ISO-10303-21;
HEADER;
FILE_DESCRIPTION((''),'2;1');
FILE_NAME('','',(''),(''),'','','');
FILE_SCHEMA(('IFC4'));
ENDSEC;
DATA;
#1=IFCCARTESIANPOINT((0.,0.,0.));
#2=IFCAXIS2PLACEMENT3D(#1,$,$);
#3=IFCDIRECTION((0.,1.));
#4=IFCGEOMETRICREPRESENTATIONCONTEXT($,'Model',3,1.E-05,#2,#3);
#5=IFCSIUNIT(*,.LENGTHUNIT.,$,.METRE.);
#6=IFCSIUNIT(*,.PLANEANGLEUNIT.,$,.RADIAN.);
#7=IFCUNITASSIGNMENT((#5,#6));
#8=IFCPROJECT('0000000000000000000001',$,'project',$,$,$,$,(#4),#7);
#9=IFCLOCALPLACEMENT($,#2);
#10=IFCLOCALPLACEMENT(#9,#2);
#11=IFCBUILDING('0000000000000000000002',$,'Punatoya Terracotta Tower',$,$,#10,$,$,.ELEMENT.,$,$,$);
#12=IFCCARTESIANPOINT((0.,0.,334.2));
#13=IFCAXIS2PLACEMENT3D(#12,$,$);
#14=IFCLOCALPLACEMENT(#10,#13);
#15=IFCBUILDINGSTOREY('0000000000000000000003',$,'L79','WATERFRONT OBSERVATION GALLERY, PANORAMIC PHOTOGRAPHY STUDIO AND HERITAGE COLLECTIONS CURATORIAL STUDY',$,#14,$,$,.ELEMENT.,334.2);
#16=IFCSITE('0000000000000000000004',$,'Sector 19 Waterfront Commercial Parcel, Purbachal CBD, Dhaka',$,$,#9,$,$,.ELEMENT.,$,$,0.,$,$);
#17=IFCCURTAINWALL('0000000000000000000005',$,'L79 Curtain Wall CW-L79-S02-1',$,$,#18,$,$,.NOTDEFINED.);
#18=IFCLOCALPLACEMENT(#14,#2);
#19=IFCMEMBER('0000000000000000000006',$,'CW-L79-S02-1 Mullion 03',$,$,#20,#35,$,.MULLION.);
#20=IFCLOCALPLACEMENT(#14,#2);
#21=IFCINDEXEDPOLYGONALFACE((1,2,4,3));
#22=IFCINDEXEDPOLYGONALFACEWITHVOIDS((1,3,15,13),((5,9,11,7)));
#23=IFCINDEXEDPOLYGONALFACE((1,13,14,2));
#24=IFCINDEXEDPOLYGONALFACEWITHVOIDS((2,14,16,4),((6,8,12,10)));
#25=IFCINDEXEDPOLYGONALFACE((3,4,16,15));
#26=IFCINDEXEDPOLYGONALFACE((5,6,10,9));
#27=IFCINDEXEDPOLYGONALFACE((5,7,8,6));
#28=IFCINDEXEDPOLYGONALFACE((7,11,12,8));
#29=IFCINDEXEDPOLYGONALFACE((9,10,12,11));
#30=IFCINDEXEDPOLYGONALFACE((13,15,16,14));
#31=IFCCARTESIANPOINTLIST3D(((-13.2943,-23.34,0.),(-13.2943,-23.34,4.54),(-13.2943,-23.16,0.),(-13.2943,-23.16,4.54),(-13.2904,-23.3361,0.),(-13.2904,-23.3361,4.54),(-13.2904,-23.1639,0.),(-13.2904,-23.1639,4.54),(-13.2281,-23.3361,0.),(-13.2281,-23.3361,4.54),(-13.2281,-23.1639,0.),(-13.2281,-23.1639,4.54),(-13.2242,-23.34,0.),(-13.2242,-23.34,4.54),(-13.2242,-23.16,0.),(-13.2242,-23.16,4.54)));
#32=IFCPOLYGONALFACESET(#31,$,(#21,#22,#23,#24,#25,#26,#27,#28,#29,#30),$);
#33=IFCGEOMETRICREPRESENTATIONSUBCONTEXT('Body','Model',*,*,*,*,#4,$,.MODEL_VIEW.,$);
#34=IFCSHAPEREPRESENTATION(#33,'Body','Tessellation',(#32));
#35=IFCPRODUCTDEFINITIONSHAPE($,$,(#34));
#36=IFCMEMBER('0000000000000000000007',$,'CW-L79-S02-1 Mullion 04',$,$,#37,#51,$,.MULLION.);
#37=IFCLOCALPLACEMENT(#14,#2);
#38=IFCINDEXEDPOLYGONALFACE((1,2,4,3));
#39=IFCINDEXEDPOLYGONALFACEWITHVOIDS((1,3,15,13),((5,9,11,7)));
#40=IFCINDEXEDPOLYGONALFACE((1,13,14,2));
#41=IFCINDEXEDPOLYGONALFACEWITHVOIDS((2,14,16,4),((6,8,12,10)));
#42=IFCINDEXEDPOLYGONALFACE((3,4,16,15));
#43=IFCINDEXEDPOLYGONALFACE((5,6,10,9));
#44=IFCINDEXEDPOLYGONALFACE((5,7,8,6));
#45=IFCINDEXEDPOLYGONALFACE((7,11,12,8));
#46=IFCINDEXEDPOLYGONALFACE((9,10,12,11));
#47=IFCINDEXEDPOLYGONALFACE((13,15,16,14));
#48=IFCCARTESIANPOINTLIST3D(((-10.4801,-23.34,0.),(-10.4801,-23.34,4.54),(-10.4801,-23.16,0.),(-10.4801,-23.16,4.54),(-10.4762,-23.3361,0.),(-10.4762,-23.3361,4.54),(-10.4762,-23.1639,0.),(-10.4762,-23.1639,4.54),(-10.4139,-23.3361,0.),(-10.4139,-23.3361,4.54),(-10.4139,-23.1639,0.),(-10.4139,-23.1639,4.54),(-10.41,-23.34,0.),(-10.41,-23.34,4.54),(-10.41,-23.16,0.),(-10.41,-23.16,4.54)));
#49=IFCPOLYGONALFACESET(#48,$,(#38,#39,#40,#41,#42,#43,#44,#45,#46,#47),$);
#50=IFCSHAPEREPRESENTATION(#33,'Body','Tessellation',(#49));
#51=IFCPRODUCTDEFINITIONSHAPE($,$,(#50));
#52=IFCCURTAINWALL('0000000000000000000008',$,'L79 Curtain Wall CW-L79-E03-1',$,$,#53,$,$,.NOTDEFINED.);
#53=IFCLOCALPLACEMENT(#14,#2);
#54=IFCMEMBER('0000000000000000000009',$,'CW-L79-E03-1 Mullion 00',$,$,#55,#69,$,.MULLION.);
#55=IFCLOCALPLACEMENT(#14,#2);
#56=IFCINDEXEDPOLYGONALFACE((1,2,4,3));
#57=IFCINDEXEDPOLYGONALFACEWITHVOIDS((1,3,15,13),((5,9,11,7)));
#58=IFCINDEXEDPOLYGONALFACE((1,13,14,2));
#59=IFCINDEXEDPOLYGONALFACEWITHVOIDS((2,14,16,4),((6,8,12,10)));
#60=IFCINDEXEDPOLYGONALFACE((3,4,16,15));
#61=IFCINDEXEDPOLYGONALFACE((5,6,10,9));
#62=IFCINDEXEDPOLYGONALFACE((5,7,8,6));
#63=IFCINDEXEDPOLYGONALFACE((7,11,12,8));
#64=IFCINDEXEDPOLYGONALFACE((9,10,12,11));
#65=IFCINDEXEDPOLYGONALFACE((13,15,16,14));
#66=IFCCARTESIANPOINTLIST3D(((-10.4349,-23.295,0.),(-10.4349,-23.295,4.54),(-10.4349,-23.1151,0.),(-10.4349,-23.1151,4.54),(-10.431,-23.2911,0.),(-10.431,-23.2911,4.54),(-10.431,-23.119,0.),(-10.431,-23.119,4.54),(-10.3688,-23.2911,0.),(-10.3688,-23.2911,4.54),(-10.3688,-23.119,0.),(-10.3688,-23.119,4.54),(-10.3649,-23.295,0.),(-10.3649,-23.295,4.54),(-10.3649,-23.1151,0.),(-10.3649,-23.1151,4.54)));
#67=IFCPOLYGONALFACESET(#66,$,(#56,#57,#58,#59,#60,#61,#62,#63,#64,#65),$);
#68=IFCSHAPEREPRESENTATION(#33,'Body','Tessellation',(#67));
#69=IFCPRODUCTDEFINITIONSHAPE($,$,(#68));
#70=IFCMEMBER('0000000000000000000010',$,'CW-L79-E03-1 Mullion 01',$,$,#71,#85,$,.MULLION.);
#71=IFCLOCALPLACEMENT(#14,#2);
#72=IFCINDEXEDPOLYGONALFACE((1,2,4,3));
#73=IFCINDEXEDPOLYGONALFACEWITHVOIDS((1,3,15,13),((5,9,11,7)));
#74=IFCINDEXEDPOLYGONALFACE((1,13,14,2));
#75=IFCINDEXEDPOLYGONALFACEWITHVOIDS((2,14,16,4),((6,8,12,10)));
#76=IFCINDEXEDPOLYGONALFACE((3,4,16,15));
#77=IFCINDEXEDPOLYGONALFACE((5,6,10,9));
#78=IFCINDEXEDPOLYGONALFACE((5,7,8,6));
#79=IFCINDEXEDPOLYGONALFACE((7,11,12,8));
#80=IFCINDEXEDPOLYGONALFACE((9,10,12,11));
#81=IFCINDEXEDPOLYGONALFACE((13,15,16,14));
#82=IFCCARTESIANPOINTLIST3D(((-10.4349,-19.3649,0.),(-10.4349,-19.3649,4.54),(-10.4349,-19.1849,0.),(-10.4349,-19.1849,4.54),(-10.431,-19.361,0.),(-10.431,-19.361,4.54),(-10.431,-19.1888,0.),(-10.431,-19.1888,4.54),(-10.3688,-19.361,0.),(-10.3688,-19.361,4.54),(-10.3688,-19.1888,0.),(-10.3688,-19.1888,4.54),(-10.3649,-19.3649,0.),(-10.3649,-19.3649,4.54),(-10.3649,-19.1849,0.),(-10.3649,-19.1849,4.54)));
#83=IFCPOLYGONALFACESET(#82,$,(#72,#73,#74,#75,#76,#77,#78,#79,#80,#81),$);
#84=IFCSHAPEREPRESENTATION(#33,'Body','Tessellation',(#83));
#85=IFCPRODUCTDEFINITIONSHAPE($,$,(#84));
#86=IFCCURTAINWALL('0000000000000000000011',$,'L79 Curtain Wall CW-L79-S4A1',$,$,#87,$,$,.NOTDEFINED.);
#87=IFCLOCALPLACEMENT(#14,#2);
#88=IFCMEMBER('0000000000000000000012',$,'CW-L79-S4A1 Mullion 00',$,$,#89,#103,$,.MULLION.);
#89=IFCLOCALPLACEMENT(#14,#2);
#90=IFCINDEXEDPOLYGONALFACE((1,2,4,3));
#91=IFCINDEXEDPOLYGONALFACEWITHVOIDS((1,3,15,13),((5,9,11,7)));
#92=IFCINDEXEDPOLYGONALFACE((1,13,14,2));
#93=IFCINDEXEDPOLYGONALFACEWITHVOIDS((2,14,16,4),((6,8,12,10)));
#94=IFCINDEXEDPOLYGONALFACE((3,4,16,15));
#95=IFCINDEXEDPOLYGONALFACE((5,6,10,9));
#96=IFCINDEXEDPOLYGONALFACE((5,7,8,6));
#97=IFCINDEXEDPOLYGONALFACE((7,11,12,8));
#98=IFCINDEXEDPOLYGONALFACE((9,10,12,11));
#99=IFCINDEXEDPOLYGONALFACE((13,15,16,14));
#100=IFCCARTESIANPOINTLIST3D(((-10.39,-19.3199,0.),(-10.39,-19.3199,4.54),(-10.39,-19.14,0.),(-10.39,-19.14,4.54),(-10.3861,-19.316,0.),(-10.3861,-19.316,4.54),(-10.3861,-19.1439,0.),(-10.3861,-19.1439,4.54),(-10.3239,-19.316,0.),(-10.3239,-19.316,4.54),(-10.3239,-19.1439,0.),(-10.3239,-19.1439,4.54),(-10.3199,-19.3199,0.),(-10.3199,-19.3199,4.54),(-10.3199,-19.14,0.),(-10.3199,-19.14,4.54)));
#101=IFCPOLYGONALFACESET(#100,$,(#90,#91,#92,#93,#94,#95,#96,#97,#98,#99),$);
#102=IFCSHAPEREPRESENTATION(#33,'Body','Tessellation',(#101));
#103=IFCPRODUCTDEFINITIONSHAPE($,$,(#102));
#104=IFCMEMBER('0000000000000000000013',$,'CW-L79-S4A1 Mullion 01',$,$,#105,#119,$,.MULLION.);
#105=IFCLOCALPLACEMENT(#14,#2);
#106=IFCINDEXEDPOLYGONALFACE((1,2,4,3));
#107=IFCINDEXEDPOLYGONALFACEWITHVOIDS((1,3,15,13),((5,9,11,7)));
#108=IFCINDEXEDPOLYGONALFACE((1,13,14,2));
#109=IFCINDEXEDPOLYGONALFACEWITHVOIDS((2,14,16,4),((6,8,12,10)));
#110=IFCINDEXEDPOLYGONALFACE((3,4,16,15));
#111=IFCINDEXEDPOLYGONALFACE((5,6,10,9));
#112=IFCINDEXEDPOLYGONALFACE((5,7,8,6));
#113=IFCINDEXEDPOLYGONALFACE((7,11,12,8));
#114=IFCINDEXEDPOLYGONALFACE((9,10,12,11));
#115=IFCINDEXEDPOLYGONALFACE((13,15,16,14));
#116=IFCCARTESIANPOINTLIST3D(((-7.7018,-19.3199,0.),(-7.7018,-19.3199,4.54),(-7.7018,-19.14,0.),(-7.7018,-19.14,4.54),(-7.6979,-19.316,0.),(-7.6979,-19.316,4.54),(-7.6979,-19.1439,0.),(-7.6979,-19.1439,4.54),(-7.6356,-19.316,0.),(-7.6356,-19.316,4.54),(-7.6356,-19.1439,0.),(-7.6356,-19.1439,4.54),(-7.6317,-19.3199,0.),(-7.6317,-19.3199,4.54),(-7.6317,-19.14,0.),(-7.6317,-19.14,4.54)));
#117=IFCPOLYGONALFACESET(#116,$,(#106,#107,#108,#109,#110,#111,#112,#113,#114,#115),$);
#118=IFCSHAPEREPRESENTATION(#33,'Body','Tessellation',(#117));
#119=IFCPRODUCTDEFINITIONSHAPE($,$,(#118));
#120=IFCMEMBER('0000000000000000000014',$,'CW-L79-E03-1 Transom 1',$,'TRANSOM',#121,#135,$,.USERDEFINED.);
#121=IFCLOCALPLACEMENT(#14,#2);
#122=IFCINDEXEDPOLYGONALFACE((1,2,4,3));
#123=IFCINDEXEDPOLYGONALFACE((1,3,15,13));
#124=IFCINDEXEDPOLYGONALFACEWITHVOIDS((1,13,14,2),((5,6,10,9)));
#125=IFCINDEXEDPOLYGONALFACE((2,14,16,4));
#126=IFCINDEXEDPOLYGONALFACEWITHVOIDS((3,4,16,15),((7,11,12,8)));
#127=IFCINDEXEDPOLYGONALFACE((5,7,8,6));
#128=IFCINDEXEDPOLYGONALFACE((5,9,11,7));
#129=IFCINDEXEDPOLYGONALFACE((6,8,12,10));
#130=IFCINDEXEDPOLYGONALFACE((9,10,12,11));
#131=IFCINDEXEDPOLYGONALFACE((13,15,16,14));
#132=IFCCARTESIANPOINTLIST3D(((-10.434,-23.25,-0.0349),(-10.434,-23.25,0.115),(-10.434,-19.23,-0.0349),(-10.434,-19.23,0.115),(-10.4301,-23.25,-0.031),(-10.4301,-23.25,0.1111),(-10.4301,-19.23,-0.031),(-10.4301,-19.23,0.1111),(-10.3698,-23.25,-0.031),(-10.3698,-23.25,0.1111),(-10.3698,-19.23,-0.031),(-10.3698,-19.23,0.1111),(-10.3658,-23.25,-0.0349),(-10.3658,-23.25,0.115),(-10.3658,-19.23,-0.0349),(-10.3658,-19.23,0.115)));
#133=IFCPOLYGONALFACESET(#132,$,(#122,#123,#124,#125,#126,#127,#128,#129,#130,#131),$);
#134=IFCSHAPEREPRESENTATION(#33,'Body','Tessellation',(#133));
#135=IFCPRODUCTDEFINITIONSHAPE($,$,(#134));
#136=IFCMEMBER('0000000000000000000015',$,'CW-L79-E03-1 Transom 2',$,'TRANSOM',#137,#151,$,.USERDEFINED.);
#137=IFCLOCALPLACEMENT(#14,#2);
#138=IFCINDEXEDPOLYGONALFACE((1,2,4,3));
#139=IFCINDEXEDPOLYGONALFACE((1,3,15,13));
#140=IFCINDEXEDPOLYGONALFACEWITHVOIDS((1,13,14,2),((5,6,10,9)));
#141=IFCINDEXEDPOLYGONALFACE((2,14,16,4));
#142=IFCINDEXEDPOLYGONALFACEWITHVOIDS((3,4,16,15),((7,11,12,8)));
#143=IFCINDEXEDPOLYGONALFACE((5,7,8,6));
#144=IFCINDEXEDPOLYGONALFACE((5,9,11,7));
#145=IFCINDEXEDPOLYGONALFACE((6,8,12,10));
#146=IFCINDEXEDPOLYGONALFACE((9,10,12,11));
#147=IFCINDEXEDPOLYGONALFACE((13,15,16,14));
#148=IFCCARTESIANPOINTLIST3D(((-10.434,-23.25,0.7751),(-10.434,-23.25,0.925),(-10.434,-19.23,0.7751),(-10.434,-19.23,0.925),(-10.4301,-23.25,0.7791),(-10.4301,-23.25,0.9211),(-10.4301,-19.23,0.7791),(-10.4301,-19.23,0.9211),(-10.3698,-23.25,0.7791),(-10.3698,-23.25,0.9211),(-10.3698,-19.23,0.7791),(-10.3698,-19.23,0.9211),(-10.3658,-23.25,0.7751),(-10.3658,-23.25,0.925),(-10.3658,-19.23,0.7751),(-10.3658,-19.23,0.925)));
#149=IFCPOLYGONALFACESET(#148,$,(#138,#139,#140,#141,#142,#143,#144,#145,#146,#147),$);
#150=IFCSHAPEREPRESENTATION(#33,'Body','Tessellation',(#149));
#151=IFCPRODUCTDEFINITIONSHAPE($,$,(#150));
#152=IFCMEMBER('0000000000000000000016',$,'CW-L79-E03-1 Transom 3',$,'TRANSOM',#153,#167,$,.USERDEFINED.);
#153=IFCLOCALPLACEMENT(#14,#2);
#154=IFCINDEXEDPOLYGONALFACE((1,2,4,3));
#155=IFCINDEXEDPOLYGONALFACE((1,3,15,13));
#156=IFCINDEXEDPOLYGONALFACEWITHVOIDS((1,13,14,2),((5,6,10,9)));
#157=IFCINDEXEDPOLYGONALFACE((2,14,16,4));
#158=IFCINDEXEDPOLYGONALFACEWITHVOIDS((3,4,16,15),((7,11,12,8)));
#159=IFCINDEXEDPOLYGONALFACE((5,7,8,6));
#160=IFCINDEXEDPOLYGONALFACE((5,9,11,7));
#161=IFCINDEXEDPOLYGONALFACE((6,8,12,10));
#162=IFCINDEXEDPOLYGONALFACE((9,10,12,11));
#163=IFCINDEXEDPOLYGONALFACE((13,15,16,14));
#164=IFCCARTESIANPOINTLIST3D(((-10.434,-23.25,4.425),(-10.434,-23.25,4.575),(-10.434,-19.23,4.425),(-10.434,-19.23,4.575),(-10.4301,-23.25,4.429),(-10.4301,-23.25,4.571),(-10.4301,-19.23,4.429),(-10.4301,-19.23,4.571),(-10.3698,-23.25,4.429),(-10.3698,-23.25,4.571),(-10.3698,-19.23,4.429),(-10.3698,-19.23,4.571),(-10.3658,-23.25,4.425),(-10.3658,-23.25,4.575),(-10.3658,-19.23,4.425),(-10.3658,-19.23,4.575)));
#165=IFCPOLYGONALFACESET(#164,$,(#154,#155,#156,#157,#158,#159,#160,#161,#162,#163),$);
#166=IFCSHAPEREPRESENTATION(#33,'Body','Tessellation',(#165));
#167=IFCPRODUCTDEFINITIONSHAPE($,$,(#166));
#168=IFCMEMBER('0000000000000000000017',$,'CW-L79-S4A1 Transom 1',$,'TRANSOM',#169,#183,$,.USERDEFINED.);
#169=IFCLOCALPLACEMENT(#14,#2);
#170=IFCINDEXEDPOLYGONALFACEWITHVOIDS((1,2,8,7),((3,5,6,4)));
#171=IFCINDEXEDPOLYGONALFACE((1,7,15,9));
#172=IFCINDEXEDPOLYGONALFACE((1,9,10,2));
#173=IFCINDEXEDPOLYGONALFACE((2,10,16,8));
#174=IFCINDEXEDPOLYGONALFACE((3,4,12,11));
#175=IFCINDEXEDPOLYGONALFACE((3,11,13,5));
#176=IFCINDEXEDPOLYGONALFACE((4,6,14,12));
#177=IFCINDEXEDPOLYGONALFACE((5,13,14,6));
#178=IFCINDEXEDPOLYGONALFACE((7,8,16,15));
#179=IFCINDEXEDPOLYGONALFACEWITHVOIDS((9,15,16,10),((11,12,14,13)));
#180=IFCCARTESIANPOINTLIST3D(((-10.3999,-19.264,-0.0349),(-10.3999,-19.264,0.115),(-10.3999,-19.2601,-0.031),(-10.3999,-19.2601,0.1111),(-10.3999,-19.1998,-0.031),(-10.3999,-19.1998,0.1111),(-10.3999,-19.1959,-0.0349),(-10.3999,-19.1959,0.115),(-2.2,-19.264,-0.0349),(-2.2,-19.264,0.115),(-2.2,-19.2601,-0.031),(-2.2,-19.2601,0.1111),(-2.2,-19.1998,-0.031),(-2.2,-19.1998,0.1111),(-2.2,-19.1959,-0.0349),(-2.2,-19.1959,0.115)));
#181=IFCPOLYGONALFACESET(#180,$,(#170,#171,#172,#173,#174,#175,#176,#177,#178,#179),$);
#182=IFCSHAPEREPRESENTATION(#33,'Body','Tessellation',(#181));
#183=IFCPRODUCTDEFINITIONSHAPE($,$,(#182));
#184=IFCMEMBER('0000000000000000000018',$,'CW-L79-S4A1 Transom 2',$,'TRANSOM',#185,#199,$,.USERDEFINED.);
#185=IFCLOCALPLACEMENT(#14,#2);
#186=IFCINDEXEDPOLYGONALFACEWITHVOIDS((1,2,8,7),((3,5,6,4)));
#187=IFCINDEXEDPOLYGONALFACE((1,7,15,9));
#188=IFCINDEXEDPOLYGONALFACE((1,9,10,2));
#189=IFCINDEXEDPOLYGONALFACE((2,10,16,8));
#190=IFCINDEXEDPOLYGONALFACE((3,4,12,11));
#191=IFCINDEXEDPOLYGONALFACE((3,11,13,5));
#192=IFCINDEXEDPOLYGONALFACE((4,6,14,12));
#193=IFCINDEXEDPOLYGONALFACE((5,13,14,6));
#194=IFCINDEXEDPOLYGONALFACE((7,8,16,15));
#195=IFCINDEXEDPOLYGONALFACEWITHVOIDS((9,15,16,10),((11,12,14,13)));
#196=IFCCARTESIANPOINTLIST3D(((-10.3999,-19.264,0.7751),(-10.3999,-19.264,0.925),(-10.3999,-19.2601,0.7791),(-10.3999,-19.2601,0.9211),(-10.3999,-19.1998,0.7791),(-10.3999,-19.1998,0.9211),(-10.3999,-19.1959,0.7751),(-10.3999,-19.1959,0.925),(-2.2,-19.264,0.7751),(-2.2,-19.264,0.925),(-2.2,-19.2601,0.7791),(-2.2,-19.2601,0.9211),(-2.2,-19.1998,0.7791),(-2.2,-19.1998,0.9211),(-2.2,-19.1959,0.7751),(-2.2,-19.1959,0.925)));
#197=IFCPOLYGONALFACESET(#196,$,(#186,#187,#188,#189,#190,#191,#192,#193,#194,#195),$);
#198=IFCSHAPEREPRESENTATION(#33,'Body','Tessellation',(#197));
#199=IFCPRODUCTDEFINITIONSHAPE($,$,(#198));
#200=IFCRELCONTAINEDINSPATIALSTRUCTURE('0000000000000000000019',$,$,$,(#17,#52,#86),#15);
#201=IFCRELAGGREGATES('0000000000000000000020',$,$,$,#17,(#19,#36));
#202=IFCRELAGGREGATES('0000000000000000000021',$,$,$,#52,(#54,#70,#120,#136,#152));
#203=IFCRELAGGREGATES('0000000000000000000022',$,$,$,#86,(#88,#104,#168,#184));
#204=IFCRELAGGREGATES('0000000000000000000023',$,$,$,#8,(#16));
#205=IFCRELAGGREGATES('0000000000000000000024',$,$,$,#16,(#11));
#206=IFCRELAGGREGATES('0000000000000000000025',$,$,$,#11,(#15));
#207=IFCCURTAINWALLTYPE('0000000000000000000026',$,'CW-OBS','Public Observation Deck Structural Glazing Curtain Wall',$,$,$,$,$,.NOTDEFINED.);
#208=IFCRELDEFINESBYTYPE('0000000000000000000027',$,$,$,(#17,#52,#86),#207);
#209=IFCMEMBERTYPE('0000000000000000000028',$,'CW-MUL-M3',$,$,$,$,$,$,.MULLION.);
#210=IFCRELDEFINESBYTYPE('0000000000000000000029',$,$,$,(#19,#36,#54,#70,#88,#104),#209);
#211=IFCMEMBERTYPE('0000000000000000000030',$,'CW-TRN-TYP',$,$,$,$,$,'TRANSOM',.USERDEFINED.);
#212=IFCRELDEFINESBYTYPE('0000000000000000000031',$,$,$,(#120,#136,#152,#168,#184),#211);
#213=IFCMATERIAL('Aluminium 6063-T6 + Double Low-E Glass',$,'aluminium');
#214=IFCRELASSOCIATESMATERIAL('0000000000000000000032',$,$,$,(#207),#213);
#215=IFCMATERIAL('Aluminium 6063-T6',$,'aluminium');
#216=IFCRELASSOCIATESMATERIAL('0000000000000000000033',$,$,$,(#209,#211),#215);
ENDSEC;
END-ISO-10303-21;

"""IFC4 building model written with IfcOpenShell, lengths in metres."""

from ifc_helpers import new_model, si_unit, direction, frame, origin, origin_2d, place, context, subcontext, project, spatial, hollow_rectangle, extrude, material, material_profile, profile_set, type_object, element, aggregate, save


model = new_model("IFC4")

# Units and contexts
model_context = context("Model", 3, precision=1e-05, world=origin(), true_north=direction((0.0, 1.0)))
body_context = subcontext(model_context, "Body", "Model", "MODEL_VIEW")
ifc_project = project(units=[si_unit("LENGTHUNIT", "METRE"), si_unit("PLANEANGLEUNIT", "RADIAN")], contexts=[model_context])

# Site, building, storey
site_placement = place(None, origin())
site = spatial("IfcSite", under=ifc_project, at=site_placement, Name="Sector 19 Waterfront Commercial Parcel, Purbachal CBD, Dhaka", CompositionType="ELEMENT", RefElevation=0.0)
building_placement = place(site_placement, origin())
building = spatial("IfcBuilding", under=site, at=building_placement, Name="Punatoya Terracotta Tower", CompositionType="ELEMENT")
storey_placement = place(building_placement, frame((0.0, 0.0, 334.2)))
storey = spatial("IfcBuildingStorey", under=building, at=storey_placement, Name="L79", Description="WATERFRONT OBSERVATION GALLERY, PANORAMIC PHOTOGRAPHY STUDIO AND HERITAGE COLLECTIONS CURATORIAL STUDY", CompositionType="ELEMENT", Elevation=334.2)

# Curtain walls, members
ifc_material_1 = material(Name="Aluminium 6063-T6 + Double Low-E Glass", Category="aluminium")
curtain_wall_type = type_object("IfcCurtainWallType", Name="CW-OBS", Description="Public Observation Deck Structural Glazing Curtain Wall", PredefinedType="NOTDEFINED", material=ifc_material_1)
curtain_wall_1_placement = place(storey_placement, origin())
curtain_wall_1 = element("IfcCurtainWall", 1, at=curtain_wall_1_placement, inside=storey, type_object=curtain_wall_type, Name="L79 Curtain Wall CW-L79-S02-1", PredefinedType="NOTDEFINED")
ifc_material_2 = material(Name="Aluminium 6063-T6", Category="aluminium")
ifc_material_profile_1 = material_profile(ifc_material_2, hollow_rectangle(XDim=0.0701, YDim=0.1799, WallThickness=0.0039, at=origin_2d()))
ifc_profile_set_1 = profile_set([ifc_material_profile_1], Name="Aluminium 6063-T6")
member_type_1 = type_object("IfcMemberType", Name="CW-MUL-M3", PredefinedType="MULLION", material=ifc_profile_set_1)
member_1_placement = place(storey_placement, frame((-13.2593, -23.25, 0.0), z_axis=(0.0, 0.0, 1.0), x_axis=(1.0, 0.0, 0.0)))
member_1 = element("IfcMember", 2, at=member_1_placement, type_object=member_type_1, Name="CW-L79-S02-1 Mullion 03", PredefinedType="MULLION", context=body_context, shape_type="SweptSolid", body=[
    extrude(hollow_rectangle(XDim=0.0701, YDim=0.1799, WallThickness=0.0039, at=origin_2d()), origin(), (0.0, 0.0, 1.0), 4.54),
])
member_2_placement = place(storey_placement, frame((-10.4451, -23.25, 0.0), z_axis=(0.0, 0.0, 1.0), x_axis=(1.0, 0.0, 0.0)))
member_2 = element("IfcMember", 3, at=member_2_placement, type_object=member_type_1, Name="CW-L79-S02-1 Mullion 04", PredefinedType="MULLION", context=body_context, shape_type="SweptSolid", body=[
    extrude(hollow_rectangle(XDim=0.0701, YDim=0.1799, WallThickness=0.0039, at=origin_2d()), origin(), (0.0, 0.0, 1.0), 4.54),
])
curtain_wall_2_placement = place(storey_placement, origin())
curtain_wall_2 = element("IfcCurtainWall", 4, at=curtain_wall_2_placement, inside=storey, type_object=curtain_wall_type, Name="L79 Curtain Wall CW-L79-E03-1", PredefinedType="NOTDEFINED")
member_3_placement = place(storey_placement, frame((-10.3999, -23.2051, 0.0), z_axis=(0.0, 0.0, 1.0), x_axis=(1.0, 0.0, 0.0)))
member_3 = element("IfcMember", 5, at=member_3_placement, type_object=member_type_1, Name="CW-L79-E03-1 Mullion 00", PredefinedType="MULLION", context=body_context, shape_type="SweptSolid", body=[
    extrude(hollow_rectangle(XDim=0.0701, YDim=0.1799, WallThickness=0.0039, at=origin_2d()), origin(), (0.0, 0.0, 1.0), 4.54),
])
member_4_placement = place(storey_placement, frame((-10.3999, -19.2749, 0.0), z_axis=(0.0, 0.0, 1.0), x_axis=(1.0, 0.0, 0.0)))
member_4 = element("IfcMember", 6, at=member_4_placement, type_object=member_type_1, Name="CW-L79-E03-1 Mullion 01", PredefinedType="MULLION", context=body_context, shape_type="SweptSolid", body=[
    extrude(hollow_rectangle(XDim=0.0701, YDim=0.1799, WallThickness=0.0039, at=origin_2d()), origin(), (0.0, 0.0, 1.0), 4.54),
])
curtain_wall_3_placement = place(storey_placement, origin())
curtain_wall_3 = element("IfcCurtainWall", 7, at=curtain_wall_3_placement, inside=storey, type_object=curtain_wall_type, Name="L79 Curtain Wall CW-L79-S4A1", PredefinedType="NOTDEFINED")
member_5_placement = place(storey_placement, frame((-10.355, -19.23, 0.0), z_axis=(0.0, 0.0, 1.0), x_axis=(1.0, 0.0, 0.0)))
member_5 = element("IfcMember", 8, at=member_5_placement, type_object=member_type_1, Name="CW-L79-S4A1 Mullion 00", PredefinedType="MULLION", context=body_context, shape_type="SweptSolid", body=[
    extrude(hollow_rectangle(XDim=0.0701, YDim=0.1799, WallThickness=0.0039, at=origin_2d()), origin(), (0.0, 0.0, 1.0), 4.54),
])
member_6_placement = place(storey_placement, frame((-7.6667, -19.23, 0.0), z_axis=(0.0, 0.0, 1.0), x_axis=(1.0, 0.0, 0.0)))
member_6 = element("IfcMember", 9, at=member_6_placement, type_object=member_type_1, Name="CW-L79-S4A1 Mullion 01", PredefinedType="MULLION", context=body_context, shape_type="SweptSolid", body=[
    extrude(hollow_rectangle(XDim=0.0701, YDim=0.1799, WallThickness=0.0039, at=origin_2d()), origin(), (0.0, 0.0, 1.0), 4.54),
])

# Members
ifc_material_profile_2 = material_profile(ifc_material_2, hollow_rectangle(XDim=0.0681, YDim=0.1499, WallThickness=0.0039, at=origin_2d()))
ifc_profile_set_2 = profile_set([ifc_material_profile_2], Name="Aluminium 6063-T6")
member_type_2 = type_object("IfcMemberType", Name="CW-TRN-TYP", ElementType="TRANSOM", PredefinedType="USERDEFINED", material=ifc_profile_set_2)
member_7_placement = place(storey_placement, frame((-10.3999, -23.25, 0.04), z_axis=(0.0, 1.0, 0.0), x_axis=(-1.0, 0.0, 0.0)))
member_7 = element("IfcMember", 10, at=member_7_placement, type_object=member_type_2, Name="CW-L79-E03-1 Transom 1", ObjectType="TRANSOM", PredefinedType="USERDEFINED", context=body_context, shape_type="SweptSolid", body=[
    extrude(hollow_rectangle(XDim=0.0681, YDim=0.1499, WallThickness=0.0039, at=origin_2d()), origin(), (0.0, 0.0, 1.0), 4.02),
])
member_8_placement = place(storey_placement, frame((-10.3999, -23.25, 0.8501), z_axis=(0.0, 1.0, 0.0), x_axis=(-1.0, 0.0, 0.0)))
member_8 = element("IfcMember", 11, at=member_8_placement, type_object=member_type_2, Name="CW-L79-E03-1 Transom 2", ObjectType="TRANSOM", PredefinedType="USERDEFINED", context=body_context, shape_type="SweptSolid", body=[
    extrude(hollow_rectangle(XDim=0.0681, YDim=0.1499, WallThickness=0.0039, at=origin_2d()), origin(), (0.0, 0.0, 1.0), 4.02),
])
member_9_placement = place(storey_placement, frame((-10.3999, -23.25, 4.5), z_axis=(0.0, 1.0, 0.0), x_axis=(-1.0, 0.0, 0.0)))
member_9 = element("IfcMember", 12, at=member_9_placement, type_object=member_type_2, Name="CW-L79-E03-1 Transom 3", ObjectType="TRANSOM", PredefinedType="USERDEFINED", context=body_context, shape_type="SweptSolid", body=[
    extrude(hollow_rectangle(XDim=0.0681, YDim=0.1499, WallThickness=0.0039, at=origin_2d()), origin(), (0.0, 0.0, 1.0), 4.02),
])
member_10_placement = place(storey_placement, frame((-10.3999, -19.23, 0.04), z_axis=(1.0, 0.0, 0.0), x_axis=(0.0, 1.0, 0.0)))
member_10 = element("IfcMember", 13, at=member_10_placement, type_object=member_type_2, Name="CW-L79-S4A1 Transom 1", ObjectType="TRANSOM", PredefinedType="USERDEFINED", context=body_context, shape_type="SweptSolid", body=[
    extrude(hollow_rectangle(XDim=0.0681, YDim=0.1499, WallThickness=0.0039, at=origin_2d()), origin(), (0.0, 0.0, 1.0), 8.2),
])
member_11_placement = place(storey_placement, frame((-10.3999, -19.23, 0.8501), z_axis=(1.0, 0.0, 0.0), x_axis=(0.0, 1.0, 0.0)))
member_11 = element("IfcMember", 14, at=member_11_placement, type_object=member_type_2, Name="CW-L79-S4A1 Transom 2", ObjectType="TRANSOM", PredefinedType="USERDEFINED", context=body_context, shape_type="SweptSolid", body=[
    extrude(hollow_rectangle(XDim=0.0681, YDim=0.1499, WallThickness=0.0039, at=origin_2d()), origin(), (0.0, 0.0, 1.0), 8.2),
])

aggregate(curtain_wall_1, [member_1, member_2])
aggregate(curtain_wall_2, [member_3, member_4, member_7, member_8, member_9])
aggregate(curtain_wall_3, [member_5, member_6, member_10, member_11])

save(model, "model.ifc")
